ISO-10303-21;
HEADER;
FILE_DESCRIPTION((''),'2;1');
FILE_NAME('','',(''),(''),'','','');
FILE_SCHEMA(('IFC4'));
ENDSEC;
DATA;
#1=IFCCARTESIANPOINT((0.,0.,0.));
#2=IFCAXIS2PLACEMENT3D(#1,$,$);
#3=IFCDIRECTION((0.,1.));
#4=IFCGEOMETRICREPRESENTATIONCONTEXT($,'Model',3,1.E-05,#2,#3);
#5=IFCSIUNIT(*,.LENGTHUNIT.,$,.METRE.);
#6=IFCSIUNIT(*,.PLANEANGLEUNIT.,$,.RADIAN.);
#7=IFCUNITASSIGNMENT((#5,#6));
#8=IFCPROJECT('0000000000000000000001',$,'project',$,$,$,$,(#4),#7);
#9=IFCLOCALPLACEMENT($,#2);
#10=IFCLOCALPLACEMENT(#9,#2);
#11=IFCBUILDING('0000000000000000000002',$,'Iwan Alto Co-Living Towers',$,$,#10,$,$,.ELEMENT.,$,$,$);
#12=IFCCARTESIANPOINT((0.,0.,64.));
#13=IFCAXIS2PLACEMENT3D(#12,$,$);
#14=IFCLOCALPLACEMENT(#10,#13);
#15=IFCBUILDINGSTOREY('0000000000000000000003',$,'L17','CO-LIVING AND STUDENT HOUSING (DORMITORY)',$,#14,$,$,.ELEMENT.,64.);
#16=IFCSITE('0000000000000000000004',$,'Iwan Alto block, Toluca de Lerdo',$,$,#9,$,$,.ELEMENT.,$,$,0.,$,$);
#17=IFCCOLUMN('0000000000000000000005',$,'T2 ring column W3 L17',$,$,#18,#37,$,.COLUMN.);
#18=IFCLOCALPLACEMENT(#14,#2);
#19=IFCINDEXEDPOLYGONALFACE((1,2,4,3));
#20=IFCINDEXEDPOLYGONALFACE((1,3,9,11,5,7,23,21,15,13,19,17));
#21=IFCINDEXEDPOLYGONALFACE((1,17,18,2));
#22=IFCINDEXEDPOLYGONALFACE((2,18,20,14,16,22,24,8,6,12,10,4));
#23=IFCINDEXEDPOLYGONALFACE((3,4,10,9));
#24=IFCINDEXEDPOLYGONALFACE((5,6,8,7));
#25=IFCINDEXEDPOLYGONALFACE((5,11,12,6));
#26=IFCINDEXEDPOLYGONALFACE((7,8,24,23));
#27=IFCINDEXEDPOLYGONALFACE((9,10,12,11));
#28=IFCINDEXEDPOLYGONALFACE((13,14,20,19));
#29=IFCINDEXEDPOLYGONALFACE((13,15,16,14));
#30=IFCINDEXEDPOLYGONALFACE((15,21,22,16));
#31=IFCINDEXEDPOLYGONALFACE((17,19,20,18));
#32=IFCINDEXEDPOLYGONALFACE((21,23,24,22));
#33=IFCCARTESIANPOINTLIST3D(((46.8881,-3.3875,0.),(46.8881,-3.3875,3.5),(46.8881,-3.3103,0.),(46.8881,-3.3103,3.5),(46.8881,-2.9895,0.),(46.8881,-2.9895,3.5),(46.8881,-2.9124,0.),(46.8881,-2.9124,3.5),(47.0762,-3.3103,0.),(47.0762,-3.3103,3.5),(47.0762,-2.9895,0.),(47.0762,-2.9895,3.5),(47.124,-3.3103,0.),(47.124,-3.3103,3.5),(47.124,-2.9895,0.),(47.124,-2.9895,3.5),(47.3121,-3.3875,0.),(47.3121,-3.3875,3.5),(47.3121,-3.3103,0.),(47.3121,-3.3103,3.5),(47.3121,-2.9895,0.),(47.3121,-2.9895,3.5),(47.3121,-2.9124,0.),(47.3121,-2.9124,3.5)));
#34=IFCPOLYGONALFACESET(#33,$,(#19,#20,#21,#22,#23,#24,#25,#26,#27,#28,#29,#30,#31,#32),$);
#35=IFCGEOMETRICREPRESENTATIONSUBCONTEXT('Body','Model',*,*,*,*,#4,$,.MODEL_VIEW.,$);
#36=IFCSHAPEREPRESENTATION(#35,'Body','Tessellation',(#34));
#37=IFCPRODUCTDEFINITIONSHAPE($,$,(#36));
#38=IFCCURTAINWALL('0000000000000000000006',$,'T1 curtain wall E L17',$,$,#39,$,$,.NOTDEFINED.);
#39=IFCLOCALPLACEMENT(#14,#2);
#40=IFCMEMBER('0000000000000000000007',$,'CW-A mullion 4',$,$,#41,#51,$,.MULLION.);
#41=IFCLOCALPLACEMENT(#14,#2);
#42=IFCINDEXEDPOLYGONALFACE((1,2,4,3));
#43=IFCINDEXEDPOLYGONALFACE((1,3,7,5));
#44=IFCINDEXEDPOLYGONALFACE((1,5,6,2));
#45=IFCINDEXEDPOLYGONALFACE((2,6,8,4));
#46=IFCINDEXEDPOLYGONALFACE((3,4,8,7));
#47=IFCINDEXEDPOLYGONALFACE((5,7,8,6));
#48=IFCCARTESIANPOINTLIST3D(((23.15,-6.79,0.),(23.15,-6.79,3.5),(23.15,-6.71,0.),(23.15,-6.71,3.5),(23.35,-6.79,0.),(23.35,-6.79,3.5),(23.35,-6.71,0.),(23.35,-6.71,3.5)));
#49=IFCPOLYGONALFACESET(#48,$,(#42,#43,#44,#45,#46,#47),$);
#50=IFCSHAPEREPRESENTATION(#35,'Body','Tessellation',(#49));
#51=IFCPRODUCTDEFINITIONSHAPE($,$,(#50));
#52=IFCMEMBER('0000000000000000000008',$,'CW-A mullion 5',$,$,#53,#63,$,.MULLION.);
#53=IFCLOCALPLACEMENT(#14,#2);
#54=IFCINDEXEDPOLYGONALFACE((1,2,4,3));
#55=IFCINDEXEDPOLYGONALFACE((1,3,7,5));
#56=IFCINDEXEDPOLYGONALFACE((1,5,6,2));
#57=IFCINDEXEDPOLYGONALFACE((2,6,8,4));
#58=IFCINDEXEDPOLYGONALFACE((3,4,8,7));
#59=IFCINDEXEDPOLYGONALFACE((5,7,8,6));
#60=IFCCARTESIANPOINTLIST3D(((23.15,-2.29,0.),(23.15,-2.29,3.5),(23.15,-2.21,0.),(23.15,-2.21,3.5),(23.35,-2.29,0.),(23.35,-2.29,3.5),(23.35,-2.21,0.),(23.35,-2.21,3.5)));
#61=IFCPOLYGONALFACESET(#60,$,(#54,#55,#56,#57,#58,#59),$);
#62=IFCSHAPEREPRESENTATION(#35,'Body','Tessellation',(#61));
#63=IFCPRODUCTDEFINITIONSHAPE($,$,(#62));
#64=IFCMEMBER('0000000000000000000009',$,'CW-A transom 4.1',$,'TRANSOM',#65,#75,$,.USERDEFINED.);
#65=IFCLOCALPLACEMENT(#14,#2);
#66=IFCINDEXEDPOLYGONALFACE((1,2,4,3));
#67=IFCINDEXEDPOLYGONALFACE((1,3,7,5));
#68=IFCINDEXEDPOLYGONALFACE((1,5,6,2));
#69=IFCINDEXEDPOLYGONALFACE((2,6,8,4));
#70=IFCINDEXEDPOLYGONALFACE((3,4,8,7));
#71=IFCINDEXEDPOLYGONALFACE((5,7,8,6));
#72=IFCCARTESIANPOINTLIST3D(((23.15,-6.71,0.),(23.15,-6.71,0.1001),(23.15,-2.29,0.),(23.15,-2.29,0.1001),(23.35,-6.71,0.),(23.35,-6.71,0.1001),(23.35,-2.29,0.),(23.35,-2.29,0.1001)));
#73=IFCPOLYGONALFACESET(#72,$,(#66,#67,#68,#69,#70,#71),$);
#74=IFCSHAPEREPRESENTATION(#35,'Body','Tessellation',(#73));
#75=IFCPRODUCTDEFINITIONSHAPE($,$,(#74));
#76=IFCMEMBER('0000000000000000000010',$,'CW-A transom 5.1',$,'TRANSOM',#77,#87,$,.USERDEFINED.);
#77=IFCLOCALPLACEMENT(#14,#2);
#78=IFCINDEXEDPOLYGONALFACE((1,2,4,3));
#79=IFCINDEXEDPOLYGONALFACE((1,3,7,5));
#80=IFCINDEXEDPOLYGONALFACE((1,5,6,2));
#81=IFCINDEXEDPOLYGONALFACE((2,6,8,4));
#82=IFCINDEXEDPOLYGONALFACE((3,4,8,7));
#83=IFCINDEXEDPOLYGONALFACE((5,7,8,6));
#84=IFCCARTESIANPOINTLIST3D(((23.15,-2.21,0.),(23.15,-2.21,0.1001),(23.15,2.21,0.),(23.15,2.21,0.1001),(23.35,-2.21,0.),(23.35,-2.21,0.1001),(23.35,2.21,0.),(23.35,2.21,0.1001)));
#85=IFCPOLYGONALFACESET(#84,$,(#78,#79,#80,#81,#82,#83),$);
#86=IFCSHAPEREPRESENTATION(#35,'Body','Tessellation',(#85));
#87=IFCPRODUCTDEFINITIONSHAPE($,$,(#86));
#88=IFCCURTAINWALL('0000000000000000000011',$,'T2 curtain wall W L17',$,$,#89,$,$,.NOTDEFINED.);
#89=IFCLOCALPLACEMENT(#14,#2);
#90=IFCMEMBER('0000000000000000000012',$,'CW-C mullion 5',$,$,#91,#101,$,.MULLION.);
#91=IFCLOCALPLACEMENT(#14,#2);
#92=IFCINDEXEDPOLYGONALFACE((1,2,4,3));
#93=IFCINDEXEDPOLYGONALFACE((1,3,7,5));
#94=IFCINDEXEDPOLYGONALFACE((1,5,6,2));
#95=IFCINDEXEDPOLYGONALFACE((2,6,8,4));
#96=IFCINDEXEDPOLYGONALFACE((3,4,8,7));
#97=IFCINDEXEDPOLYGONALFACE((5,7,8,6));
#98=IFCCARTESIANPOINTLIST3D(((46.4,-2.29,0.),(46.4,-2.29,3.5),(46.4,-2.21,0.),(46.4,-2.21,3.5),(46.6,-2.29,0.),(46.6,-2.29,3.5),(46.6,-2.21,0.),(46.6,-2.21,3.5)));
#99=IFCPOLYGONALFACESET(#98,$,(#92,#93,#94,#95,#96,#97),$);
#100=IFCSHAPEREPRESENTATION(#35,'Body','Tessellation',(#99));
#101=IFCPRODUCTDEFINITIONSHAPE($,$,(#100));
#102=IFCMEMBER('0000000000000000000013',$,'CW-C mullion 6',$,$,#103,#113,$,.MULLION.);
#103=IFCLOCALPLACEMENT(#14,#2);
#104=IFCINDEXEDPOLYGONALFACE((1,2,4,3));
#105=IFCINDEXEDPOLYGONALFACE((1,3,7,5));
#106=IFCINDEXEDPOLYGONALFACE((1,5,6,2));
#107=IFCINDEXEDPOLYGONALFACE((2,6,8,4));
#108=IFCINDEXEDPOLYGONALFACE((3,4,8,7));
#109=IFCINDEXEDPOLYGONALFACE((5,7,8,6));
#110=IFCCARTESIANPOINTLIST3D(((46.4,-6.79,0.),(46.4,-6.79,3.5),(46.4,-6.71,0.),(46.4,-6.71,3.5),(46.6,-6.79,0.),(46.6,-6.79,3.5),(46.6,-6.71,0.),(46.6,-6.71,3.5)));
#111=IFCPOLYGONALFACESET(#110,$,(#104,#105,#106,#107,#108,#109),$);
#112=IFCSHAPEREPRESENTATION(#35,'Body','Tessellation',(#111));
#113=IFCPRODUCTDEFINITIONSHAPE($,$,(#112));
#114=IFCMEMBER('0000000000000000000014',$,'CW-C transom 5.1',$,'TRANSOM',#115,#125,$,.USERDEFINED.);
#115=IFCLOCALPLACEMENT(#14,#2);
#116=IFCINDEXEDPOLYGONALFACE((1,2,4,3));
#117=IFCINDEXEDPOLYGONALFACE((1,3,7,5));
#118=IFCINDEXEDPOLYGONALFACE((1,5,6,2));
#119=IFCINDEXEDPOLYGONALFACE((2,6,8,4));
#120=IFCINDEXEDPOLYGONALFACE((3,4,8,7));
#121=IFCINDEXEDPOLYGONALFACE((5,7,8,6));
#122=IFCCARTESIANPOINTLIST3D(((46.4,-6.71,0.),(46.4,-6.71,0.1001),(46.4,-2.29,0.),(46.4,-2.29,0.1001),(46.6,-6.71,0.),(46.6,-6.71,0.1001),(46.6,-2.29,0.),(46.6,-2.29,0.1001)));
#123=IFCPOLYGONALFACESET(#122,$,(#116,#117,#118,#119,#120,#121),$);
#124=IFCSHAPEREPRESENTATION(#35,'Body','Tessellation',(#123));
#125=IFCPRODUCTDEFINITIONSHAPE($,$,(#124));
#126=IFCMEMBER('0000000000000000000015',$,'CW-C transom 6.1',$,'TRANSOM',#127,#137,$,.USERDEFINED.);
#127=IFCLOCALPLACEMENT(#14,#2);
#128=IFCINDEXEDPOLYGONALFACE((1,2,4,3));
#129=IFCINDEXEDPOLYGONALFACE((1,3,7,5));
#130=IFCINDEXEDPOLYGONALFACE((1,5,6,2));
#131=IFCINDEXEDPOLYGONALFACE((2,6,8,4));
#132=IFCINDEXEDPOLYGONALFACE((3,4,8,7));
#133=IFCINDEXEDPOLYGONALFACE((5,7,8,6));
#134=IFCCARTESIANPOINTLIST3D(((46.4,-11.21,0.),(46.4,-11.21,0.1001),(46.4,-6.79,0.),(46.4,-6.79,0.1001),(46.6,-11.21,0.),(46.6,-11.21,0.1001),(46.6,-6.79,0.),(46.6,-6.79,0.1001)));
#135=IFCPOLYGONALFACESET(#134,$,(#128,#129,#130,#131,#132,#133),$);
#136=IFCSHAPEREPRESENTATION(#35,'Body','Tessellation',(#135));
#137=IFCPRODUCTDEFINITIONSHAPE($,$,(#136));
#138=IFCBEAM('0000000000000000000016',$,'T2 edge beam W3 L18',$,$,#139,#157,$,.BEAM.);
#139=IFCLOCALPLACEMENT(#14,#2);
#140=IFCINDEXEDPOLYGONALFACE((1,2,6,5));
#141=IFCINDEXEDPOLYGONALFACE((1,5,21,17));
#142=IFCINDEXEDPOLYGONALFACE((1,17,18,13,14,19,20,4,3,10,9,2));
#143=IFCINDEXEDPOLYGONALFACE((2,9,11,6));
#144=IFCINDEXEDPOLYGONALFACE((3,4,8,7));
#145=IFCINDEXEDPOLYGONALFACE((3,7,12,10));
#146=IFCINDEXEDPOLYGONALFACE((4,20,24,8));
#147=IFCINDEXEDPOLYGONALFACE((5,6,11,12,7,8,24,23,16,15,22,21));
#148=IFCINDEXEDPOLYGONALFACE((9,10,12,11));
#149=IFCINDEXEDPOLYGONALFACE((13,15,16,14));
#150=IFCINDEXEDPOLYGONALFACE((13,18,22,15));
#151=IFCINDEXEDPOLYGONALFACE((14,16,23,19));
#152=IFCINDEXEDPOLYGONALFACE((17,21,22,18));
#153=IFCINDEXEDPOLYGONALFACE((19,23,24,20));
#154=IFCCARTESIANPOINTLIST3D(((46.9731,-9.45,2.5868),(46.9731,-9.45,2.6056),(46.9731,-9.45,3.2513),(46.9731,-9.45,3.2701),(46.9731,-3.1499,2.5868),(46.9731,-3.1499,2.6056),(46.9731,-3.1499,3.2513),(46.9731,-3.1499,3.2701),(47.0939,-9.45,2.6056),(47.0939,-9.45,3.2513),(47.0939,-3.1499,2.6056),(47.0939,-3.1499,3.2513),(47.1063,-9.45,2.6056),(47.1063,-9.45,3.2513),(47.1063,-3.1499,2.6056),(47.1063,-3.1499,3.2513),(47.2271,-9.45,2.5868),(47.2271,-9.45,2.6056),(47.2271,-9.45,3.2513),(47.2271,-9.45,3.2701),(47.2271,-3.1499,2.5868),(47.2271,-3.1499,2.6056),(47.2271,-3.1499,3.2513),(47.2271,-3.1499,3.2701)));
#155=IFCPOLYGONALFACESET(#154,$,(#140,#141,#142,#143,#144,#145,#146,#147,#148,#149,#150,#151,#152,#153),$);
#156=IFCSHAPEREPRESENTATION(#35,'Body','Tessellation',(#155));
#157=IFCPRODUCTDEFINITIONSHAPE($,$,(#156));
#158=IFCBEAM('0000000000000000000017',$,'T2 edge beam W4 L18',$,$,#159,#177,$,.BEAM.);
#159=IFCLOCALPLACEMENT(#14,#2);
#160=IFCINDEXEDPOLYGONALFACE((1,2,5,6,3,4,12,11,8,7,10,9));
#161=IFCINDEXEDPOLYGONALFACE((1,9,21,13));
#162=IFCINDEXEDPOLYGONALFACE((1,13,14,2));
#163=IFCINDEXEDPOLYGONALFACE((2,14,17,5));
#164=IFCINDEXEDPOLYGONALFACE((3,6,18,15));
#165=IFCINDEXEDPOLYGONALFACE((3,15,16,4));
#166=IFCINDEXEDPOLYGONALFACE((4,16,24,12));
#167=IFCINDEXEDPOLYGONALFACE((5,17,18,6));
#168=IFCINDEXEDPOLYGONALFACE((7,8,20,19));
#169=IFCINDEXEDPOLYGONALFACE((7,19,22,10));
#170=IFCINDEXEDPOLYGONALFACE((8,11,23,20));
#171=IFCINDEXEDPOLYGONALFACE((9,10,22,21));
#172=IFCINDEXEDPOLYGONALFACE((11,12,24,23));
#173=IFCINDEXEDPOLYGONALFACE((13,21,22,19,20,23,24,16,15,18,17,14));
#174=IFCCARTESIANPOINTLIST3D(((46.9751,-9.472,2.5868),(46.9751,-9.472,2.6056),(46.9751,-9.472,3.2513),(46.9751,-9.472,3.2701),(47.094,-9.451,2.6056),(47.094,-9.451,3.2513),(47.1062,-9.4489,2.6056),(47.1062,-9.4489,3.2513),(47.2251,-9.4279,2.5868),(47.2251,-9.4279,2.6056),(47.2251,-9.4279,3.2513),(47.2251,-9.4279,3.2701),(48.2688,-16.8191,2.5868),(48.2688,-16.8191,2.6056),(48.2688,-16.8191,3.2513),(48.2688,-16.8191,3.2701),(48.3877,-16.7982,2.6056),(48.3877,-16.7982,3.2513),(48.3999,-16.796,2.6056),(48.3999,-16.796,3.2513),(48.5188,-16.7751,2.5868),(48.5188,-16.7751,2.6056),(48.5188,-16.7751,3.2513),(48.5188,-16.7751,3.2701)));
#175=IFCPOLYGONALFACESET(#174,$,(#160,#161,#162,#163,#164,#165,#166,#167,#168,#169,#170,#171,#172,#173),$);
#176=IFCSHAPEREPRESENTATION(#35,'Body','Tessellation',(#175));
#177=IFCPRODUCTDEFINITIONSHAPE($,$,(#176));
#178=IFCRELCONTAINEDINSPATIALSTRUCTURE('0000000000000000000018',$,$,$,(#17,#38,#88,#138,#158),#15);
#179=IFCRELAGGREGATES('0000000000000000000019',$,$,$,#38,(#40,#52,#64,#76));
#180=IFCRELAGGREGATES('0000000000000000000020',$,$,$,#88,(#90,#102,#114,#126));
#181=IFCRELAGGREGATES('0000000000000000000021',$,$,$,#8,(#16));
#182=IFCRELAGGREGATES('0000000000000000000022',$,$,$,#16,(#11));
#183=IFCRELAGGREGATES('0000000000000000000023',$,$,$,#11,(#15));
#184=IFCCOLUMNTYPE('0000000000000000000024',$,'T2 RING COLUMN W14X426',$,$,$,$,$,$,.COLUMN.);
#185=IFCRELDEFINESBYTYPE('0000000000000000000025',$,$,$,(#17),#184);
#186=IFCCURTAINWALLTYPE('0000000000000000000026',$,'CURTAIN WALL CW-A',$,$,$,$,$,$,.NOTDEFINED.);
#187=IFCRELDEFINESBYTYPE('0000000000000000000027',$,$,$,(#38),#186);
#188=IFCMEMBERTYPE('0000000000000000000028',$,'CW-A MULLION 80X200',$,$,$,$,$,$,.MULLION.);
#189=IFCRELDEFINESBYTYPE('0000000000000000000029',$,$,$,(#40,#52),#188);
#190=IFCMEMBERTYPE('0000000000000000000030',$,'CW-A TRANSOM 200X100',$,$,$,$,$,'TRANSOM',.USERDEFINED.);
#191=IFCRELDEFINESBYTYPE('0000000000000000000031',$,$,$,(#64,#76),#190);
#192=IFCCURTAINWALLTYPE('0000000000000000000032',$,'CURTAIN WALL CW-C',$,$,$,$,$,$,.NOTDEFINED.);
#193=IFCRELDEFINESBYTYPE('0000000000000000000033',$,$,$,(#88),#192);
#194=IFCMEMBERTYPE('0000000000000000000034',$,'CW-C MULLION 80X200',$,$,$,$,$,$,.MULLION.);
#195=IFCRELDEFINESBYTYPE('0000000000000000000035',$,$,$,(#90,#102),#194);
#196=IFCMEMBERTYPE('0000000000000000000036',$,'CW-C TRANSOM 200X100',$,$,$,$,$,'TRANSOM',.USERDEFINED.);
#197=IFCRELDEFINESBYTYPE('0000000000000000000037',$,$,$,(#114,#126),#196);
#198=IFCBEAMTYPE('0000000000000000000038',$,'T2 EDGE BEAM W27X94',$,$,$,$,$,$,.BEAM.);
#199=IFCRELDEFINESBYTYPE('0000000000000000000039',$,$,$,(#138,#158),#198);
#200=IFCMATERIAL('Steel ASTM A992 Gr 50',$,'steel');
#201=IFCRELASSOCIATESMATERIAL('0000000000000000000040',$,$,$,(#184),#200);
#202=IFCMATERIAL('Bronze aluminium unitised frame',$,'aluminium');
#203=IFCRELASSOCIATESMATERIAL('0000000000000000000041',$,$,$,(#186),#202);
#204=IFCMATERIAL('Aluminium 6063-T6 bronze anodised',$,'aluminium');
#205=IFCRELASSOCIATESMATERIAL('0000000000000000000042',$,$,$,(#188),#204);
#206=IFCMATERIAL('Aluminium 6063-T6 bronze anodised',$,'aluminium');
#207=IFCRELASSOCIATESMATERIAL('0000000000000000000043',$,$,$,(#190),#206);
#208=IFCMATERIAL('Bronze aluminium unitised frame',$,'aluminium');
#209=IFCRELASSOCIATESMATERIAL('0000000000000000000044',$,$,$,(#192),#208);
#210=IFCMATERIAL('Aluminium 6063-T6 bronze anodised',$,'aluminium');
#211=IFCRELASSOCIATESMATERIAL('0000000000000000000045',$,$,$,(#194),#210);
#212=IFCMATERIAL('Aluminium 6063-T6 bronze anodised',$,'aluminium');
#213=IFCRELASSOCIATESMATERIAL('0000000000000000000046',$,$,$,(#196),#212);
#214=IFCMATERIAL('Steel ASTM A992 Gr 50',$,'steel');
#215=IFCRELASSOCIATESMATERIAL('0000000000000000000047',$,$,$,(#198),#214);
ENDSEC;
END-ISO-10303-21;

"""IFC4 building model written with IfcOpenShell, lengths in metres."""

from ifc_helpers import new_model, si_unit, direction, frame, origin, origin_2d, place, context, subcontext, project, spatial, rectangle, i_section, extrude, material, material_profile, profile_set, type_object, element, aggregate, save


model = new_model("IFC4")

# Units and contexts
model_context = context("Model", 3, precision=1e-05, world=origin(), true_north=direction((0.0, 1.0)))
body_context = subcontext(model_context, "Body", "Model", "MODEL_VIEW")
ifc_project = project(units=[si_unit("LENGTHUNIT", "METRE"), si_unit("PLANEANGLEUNIT", "RADIAN")], contexts=[model_context])

# Site, building, storey
site_placement = place(None, origin())
site = spatial("IfcSite", under=ifc_project, at=site_placement, Name="Iwan Alto block, Toluca de Lerdo", CompositionType="ELEMENT", RefElevation=0.0)
building_placement = place(site_placement, origin())
building = spatial("IfcBuilding", under=site, at=building_placement, Name="Iwan Alto Co-Living Towers", CompositionType="ELEMENT")
storey_placement = place(building_placement, frame((0.0, 0.0, 64.0)))
storey = spatial("IfcBuildingStorey", under=building, at=storey_placement, Name="L17", Description="CO-LIVING AND STUDENT HOUSING (DORMITORY)", CompositionType="ELEMENT", Elevation=64.0)

# Column
ifc_material_1 = material(Name="Steel ASTM A992 Gr 50", Category="steel")
ifc_material_profile_1 = material_profile(ifc_material_1, i_section(OverallWidth=0.4241, OverallDepth=0.4751, WebThickness=0.0479, FlangeThickness=0.0771, at=origin_2d()), Name="W14X426")
ifc_profile_set_1 = profile_set([ifc_material_profile_1], Name="Steel ASTM A992 Gr 50")
column_type = type_object("IfcColumnType", Name="T2 RING COLUMN W14X426", PredefinedType="COLUMN", material=ifc_profile_set_1)
column_placement = place(storey_placement, frame((47.1001, -3.1499, 0.0), z_axis=(0.0, 0.0, 1.0), x_axis=(1.0, 0.0, 0.0)))
element("IfcColumn", 1, at=column_placement, inside=storey, type_object=column_type, Name="T2 ring column W3 L17", PredefinedType="COLUMN", context=body_context, shape_type="SweptSolid", body=[
    extrude(i_section(OverallWidth=0.4241, OverallDepth=0.4751, WebThickness=0.0479, FlangeThickness=0.0771, at=origin_2d()), origin(), (0.0, 0.0, 1.0), 3.5),
])

# Curtain walls, members
ifc_material_2 = material(Name="Bronze aluminium unitised frame", Category="aluminium")
curtain_wall_type_1 = type_object("IfcCurtainWallType", Name="CURTAIN WALL CW-A", PredefinedType="NOTDEFINED", material=ifc_material_2)
curtain_wall_1_placement = place(storey_placement, origin())
curtain_wall_1 = element("IfcCurtainWall", 2, at=curtain_wall_1_placement, inside=storey, type_object=curtain_wall_type_1, Name="T1 curtain wall E L17", PredefinedType="NOTDEFINED")
ifc_material_3 = material(Name="Aluminium 6063-T6 bronze anodised", Category="aluminium")
ifc_material_profile_2 = material_profile(ifc_material_3, rectangle(XDim=0.2, YDim=0.0801, at=origin_2d()), Name="AL 80X200")
ifc_profile_set_2 = profile_set([ifc_material_profile_2], Name="Aluminium 6063-T6 bronze anodised")
member_type_1 = type_object("IfcMemberType", Name="CW-A MULLION 80X200", PredefinedType="MULLION", material=ifc_profile_set_2)
member_1_placement = place(storey_placement, frame((23.25, -6.75, 0.0), z_axis=(0.0, 0.0, 1.0), x_axis=(-1.0, 0.0, 0.0)))
member_1 = element("IfcMember", 3, at=member_1_placement, type_object=member_type_1, Name="CW-A mullion 4", PredefinedType="MULLION", context=body_context, shape_type="SweptSolid", body=[
    extrude(rectangle(XDim=0.2, YDim=0.0801, at=origin_2d()), origin(), (0.0, 0.0, 1.0), 3.5),
])
member_2_placement = place(storey_placement, frame((23.25, -2.25, 0.0), z_axis=(0.0, 0.0, 1.0), x_axis=(-1.0, 0.0, 0.0)))
member_2 = element("IfcMember", 4, at=member_2_placement, type_object=member_type_1, Name="CW-A mullion 5", PredefinedType="MULLION", context=body_context, shape_type="SweptSolid", body=[
    extrude(rectangle(XDim=0.2, YDim=0.0801, at=origin_2d()), origin(), (0.0, 0.0, 1.0), 3.5),
])
ifc_material_4 = material(Name="Aluminium 6063-T6 bronze anodised", Category="aluminium")
ifc_material_profile_3 = material_profile(ifc_material_4, rectangle(XDim=0.2, YDim=0.1001, at=origin_2d()), Name="AL 200X100")
ifc_profile_set_3 = profile_set([ifc_material_profile_3], Name="Aluminium 6063-T6 bronze anodised")
member_type_2 = type_object("IfcMemberType", Name="CW-A TRANSOM 200X100", ElementType="TRANSOM", PredefinedType="USERDEFINED", material=ifc_profile_set_3)
member_3_placement = place(storey_placement, frame((23.25, -6.71, 0.05), z_axis=(0.0, 1.0, 0.0), x_axis=(-1.0, 0.0, 0.0)))
member_3 = element("IfcMember", 5, at=member_3_placement, type_object=member_type_2, Name="CW-A transom 4.1", ObjectType="TRANSOM", PredefinedType="USERDEFINED", context=body_context, shape_type="SweptSolid", body=[
    extrude(rectangle(XDim=0.2, YDim=0.1001, at=origin_2d()), origin(), (0.0, 0.0, 1.0), 4.4199),
])
member_4_placement = place(storey_placement, frame((23.25, -2.21, 0.05), z_axis=(0.0, 1.0, 0.0), x_axis=(-1.0, 0.0, 0.0)))
member_4 = element("IfcMember", 6, at=member_4_placement, type_object=member_type_2, Name="CW-A transom 5.1", ObjectType="TRANSOM", PredefinedType="USERDEFINED", context=body_context, shape_type="SweptSolid", body=[
    extrude(rectangle(XDim=0.2, YDim=0.1001, at=origin_2d()), origin(), (0.0, 0.0, 1.0), 4.4199),
])
ifc_material_5 = material(Name="Bronze aluminium unitised frame", Category="aluminium")
curtain_wall_type_2 = type_object("IfcCurtainWallType", Name="CURTAIN WALL CW-C", PredefinedType="NOTDEFINED", material=ifc_material_5)
curtain_wall_2_placement = place(storey_placement, origin())
curtain_wall_2 = element("IfcCurtainWall", 7, at=curtain_wall_2_placement, inside=storey, type_object=curtain_wall_type_2, Name="T2 curtain wall W L17", PredefinedType="NOTDEFINED")
ifc_material_6 = material(Name="Aluminium 6063-T6 bronze anodised", Category="aluminium")
ifc_material_profile_4 = material_profile(ifc_material_6, rectangle(XDim=0.2, YDim=0.0801, at=origin_2d()), Name="AL 80X200")
ifc_profile_set_4 = profile_set([ifc_material_profile_4], Name="Aluminium 6063-T6 bronze anodised")
member_type_3 = type_object("IfcMemberType", Name="CW-C MULLION 80X200", PredefinedType="MULLION", material=ifc_profile_set_4)
member_5_placement = place(storey_placement, frame((46.5, -2.25, 0.0), z_axis=(0.0, 0.0, 1.0), x_axis=(1.0, 0.0, 0.0)))
member_5 = element("IfcMember", 8, at=member_5_placement, type_object=member_type_3, Name="CW-C mullion 5", PredefinedType="MULLION", context=body_context, shape_type="SweptSolid", body=[
    extrude(rectangle(XDim=0.2, YDim=0.0801, at=origin_2d()), origin(), (0.0, 0.0, 1.0), 3.5),
])
member_6_placement = place(storey_placement, frame((46.5, -6.75, 0.0), z_axis=(0.0, 0.0, 1.0), x_axis=(1.0, 0.0, 0.0)))
member_6 = element("IfcMember", 9, at=member_6_placement, type_object=member_type_3, Name="CW-C mullion 6", PredefinedType="MULLION", context=body_context, shape_type="SweptSolid", body=[
    extrude(rectangle(XDim=0.2, YDim=0.0801, at=origin_2d()), origin(), (0.0, 0.0, 1.0), 3.5),
])
ifc_material_7 = material(Name="Aluminium 6063-T6 bronze anodised", Category="aluminium")
ifc_material_profile_5 = material_profile(ifc_material_7, rectangle(XDim=0.2, YDim=0.1001, at=origin_2d()), Name="AL 200X100")
ifc_profile_set_5 = profile_set([ifc_material_profile_5], Name="Aluminium 6063-T6 bronze anodised")
member_type_4 = type_object("IfcMemberType", Name="CW-C TRANSOM 200X100", ElementType="TRANSOM", PredefinedType="USERDEFINED", material=ifc_profile_set_5)
member_7_placement = place(storey_placement, frame((46.5, -2.29, 0.05), z_axis=(0.0, -1.0, 0.0), x_axis=(1.0, 0.0, 0.0)))
member_7 = element("IfcMember", 10, at=member_7_placement, type_object=member_type_4, Name="CW-C transom 5.1", ObjectType="TRANSOM", PredefinedType="USERDEFINED", context=body_context, shape_type="SweptSolid", body=[
    extrude(rectangle(XDim=0.2, YDim=0.1001, at=origin_2d()), origin(), (0.0, 0.0, 1.0), 4.4199),
])
member_8_placement = place(storey_placement, frame((46.5, -6.79, 0.05), z_axis=(0.0, -1.0, 0.0), x_axis=(1.0, 0.0, 0.0)))
member_8 = element("IfcMember", 11, at=member_8_placement, type_object=member_type_4, Name="CW-C transom 6.1", ObjectType="TRANSOM", PredefinedType="USERDEFINED", context=body_context, shape_type="SweptSolid", body=[
    extrude(rectangle(XDim=0.2, YDim=0.1001, at=origin_2d()), origin(), (0.0, 0.0, 1.0), 4.4199),
])

# Beams
ifc_material_8 = material(Name="Steel ASTM A992 Gr 50", Category="steel")
ifc_material_profile_6 = material_profile(ifc_material_8, i_section(OverallWidth=0.2539, OverallDepth=0.6833, WebThickness=0.0125, FlangeThickness=0.0188, at=origin_2d()), Name="W27X94")
ifc_profile_set_6 = profile_set([ifc_material_profile_6], Name="Steel ASTM A992 Gr 50")
beam_type_1 = type_object("IfcBeamType", Name="T2 EDGE BEAM W27X94", PredefinedType="BEAM", material=ifc_profile_set_6)
beam_1_placement = place(storey_placement, frame((47.1001, -3.1499, 2.9285), z_axis=(0.0, -1.0, 0.0), x_axis=(1.0, 0.0, 0.0)))
element("IfcBeam", 12, at=beam_1_placement, inside=storey, type_object=beam_type_1, Name="T2 edge beam W3 L18", PredefinedType="BEAM", context=body_context, shape_type="SweptSolid", body=[
    extrude(i_section(OverallWidth=0.2539, OverallDepth=0.6833, WebThickness=0.0125, FlangeThickness=0.0188, at=origin_2d()), origin(), (0.0, 0.0, 1.0), 6.3),
])
beam_2_placement = place(storey_placement, frame((47.1001, -9.45, 2.9285), z_axis=(0.173414, -0.984849, 0.0), x_axis=(0.984849, 0.173414, 0.0)))
element("IfcBeam", 13, at=beam_2_placement, inside=storey, type_object=beam_type_1, Name="T2 edge beam W4 L18", PredefinedType="BEAM", context=body_context, shape_type="SweptSolid", body=[
    extrude(i_section(OverallWidth=0.2539, OverallDepth=0.6833, WebThickness=0.0125, FlangeThickness=0.0188, at=origin_2d()), origin(), (0.0, 0.0, 1.0), 7.4602),
])

aggregate(curtain_wall_1, [member_1, member_2, member_3, member_4])
aggregate(curtain_wall_2, [member_5, member_6, member_7, member_8])

save(model, "model.ifc")
